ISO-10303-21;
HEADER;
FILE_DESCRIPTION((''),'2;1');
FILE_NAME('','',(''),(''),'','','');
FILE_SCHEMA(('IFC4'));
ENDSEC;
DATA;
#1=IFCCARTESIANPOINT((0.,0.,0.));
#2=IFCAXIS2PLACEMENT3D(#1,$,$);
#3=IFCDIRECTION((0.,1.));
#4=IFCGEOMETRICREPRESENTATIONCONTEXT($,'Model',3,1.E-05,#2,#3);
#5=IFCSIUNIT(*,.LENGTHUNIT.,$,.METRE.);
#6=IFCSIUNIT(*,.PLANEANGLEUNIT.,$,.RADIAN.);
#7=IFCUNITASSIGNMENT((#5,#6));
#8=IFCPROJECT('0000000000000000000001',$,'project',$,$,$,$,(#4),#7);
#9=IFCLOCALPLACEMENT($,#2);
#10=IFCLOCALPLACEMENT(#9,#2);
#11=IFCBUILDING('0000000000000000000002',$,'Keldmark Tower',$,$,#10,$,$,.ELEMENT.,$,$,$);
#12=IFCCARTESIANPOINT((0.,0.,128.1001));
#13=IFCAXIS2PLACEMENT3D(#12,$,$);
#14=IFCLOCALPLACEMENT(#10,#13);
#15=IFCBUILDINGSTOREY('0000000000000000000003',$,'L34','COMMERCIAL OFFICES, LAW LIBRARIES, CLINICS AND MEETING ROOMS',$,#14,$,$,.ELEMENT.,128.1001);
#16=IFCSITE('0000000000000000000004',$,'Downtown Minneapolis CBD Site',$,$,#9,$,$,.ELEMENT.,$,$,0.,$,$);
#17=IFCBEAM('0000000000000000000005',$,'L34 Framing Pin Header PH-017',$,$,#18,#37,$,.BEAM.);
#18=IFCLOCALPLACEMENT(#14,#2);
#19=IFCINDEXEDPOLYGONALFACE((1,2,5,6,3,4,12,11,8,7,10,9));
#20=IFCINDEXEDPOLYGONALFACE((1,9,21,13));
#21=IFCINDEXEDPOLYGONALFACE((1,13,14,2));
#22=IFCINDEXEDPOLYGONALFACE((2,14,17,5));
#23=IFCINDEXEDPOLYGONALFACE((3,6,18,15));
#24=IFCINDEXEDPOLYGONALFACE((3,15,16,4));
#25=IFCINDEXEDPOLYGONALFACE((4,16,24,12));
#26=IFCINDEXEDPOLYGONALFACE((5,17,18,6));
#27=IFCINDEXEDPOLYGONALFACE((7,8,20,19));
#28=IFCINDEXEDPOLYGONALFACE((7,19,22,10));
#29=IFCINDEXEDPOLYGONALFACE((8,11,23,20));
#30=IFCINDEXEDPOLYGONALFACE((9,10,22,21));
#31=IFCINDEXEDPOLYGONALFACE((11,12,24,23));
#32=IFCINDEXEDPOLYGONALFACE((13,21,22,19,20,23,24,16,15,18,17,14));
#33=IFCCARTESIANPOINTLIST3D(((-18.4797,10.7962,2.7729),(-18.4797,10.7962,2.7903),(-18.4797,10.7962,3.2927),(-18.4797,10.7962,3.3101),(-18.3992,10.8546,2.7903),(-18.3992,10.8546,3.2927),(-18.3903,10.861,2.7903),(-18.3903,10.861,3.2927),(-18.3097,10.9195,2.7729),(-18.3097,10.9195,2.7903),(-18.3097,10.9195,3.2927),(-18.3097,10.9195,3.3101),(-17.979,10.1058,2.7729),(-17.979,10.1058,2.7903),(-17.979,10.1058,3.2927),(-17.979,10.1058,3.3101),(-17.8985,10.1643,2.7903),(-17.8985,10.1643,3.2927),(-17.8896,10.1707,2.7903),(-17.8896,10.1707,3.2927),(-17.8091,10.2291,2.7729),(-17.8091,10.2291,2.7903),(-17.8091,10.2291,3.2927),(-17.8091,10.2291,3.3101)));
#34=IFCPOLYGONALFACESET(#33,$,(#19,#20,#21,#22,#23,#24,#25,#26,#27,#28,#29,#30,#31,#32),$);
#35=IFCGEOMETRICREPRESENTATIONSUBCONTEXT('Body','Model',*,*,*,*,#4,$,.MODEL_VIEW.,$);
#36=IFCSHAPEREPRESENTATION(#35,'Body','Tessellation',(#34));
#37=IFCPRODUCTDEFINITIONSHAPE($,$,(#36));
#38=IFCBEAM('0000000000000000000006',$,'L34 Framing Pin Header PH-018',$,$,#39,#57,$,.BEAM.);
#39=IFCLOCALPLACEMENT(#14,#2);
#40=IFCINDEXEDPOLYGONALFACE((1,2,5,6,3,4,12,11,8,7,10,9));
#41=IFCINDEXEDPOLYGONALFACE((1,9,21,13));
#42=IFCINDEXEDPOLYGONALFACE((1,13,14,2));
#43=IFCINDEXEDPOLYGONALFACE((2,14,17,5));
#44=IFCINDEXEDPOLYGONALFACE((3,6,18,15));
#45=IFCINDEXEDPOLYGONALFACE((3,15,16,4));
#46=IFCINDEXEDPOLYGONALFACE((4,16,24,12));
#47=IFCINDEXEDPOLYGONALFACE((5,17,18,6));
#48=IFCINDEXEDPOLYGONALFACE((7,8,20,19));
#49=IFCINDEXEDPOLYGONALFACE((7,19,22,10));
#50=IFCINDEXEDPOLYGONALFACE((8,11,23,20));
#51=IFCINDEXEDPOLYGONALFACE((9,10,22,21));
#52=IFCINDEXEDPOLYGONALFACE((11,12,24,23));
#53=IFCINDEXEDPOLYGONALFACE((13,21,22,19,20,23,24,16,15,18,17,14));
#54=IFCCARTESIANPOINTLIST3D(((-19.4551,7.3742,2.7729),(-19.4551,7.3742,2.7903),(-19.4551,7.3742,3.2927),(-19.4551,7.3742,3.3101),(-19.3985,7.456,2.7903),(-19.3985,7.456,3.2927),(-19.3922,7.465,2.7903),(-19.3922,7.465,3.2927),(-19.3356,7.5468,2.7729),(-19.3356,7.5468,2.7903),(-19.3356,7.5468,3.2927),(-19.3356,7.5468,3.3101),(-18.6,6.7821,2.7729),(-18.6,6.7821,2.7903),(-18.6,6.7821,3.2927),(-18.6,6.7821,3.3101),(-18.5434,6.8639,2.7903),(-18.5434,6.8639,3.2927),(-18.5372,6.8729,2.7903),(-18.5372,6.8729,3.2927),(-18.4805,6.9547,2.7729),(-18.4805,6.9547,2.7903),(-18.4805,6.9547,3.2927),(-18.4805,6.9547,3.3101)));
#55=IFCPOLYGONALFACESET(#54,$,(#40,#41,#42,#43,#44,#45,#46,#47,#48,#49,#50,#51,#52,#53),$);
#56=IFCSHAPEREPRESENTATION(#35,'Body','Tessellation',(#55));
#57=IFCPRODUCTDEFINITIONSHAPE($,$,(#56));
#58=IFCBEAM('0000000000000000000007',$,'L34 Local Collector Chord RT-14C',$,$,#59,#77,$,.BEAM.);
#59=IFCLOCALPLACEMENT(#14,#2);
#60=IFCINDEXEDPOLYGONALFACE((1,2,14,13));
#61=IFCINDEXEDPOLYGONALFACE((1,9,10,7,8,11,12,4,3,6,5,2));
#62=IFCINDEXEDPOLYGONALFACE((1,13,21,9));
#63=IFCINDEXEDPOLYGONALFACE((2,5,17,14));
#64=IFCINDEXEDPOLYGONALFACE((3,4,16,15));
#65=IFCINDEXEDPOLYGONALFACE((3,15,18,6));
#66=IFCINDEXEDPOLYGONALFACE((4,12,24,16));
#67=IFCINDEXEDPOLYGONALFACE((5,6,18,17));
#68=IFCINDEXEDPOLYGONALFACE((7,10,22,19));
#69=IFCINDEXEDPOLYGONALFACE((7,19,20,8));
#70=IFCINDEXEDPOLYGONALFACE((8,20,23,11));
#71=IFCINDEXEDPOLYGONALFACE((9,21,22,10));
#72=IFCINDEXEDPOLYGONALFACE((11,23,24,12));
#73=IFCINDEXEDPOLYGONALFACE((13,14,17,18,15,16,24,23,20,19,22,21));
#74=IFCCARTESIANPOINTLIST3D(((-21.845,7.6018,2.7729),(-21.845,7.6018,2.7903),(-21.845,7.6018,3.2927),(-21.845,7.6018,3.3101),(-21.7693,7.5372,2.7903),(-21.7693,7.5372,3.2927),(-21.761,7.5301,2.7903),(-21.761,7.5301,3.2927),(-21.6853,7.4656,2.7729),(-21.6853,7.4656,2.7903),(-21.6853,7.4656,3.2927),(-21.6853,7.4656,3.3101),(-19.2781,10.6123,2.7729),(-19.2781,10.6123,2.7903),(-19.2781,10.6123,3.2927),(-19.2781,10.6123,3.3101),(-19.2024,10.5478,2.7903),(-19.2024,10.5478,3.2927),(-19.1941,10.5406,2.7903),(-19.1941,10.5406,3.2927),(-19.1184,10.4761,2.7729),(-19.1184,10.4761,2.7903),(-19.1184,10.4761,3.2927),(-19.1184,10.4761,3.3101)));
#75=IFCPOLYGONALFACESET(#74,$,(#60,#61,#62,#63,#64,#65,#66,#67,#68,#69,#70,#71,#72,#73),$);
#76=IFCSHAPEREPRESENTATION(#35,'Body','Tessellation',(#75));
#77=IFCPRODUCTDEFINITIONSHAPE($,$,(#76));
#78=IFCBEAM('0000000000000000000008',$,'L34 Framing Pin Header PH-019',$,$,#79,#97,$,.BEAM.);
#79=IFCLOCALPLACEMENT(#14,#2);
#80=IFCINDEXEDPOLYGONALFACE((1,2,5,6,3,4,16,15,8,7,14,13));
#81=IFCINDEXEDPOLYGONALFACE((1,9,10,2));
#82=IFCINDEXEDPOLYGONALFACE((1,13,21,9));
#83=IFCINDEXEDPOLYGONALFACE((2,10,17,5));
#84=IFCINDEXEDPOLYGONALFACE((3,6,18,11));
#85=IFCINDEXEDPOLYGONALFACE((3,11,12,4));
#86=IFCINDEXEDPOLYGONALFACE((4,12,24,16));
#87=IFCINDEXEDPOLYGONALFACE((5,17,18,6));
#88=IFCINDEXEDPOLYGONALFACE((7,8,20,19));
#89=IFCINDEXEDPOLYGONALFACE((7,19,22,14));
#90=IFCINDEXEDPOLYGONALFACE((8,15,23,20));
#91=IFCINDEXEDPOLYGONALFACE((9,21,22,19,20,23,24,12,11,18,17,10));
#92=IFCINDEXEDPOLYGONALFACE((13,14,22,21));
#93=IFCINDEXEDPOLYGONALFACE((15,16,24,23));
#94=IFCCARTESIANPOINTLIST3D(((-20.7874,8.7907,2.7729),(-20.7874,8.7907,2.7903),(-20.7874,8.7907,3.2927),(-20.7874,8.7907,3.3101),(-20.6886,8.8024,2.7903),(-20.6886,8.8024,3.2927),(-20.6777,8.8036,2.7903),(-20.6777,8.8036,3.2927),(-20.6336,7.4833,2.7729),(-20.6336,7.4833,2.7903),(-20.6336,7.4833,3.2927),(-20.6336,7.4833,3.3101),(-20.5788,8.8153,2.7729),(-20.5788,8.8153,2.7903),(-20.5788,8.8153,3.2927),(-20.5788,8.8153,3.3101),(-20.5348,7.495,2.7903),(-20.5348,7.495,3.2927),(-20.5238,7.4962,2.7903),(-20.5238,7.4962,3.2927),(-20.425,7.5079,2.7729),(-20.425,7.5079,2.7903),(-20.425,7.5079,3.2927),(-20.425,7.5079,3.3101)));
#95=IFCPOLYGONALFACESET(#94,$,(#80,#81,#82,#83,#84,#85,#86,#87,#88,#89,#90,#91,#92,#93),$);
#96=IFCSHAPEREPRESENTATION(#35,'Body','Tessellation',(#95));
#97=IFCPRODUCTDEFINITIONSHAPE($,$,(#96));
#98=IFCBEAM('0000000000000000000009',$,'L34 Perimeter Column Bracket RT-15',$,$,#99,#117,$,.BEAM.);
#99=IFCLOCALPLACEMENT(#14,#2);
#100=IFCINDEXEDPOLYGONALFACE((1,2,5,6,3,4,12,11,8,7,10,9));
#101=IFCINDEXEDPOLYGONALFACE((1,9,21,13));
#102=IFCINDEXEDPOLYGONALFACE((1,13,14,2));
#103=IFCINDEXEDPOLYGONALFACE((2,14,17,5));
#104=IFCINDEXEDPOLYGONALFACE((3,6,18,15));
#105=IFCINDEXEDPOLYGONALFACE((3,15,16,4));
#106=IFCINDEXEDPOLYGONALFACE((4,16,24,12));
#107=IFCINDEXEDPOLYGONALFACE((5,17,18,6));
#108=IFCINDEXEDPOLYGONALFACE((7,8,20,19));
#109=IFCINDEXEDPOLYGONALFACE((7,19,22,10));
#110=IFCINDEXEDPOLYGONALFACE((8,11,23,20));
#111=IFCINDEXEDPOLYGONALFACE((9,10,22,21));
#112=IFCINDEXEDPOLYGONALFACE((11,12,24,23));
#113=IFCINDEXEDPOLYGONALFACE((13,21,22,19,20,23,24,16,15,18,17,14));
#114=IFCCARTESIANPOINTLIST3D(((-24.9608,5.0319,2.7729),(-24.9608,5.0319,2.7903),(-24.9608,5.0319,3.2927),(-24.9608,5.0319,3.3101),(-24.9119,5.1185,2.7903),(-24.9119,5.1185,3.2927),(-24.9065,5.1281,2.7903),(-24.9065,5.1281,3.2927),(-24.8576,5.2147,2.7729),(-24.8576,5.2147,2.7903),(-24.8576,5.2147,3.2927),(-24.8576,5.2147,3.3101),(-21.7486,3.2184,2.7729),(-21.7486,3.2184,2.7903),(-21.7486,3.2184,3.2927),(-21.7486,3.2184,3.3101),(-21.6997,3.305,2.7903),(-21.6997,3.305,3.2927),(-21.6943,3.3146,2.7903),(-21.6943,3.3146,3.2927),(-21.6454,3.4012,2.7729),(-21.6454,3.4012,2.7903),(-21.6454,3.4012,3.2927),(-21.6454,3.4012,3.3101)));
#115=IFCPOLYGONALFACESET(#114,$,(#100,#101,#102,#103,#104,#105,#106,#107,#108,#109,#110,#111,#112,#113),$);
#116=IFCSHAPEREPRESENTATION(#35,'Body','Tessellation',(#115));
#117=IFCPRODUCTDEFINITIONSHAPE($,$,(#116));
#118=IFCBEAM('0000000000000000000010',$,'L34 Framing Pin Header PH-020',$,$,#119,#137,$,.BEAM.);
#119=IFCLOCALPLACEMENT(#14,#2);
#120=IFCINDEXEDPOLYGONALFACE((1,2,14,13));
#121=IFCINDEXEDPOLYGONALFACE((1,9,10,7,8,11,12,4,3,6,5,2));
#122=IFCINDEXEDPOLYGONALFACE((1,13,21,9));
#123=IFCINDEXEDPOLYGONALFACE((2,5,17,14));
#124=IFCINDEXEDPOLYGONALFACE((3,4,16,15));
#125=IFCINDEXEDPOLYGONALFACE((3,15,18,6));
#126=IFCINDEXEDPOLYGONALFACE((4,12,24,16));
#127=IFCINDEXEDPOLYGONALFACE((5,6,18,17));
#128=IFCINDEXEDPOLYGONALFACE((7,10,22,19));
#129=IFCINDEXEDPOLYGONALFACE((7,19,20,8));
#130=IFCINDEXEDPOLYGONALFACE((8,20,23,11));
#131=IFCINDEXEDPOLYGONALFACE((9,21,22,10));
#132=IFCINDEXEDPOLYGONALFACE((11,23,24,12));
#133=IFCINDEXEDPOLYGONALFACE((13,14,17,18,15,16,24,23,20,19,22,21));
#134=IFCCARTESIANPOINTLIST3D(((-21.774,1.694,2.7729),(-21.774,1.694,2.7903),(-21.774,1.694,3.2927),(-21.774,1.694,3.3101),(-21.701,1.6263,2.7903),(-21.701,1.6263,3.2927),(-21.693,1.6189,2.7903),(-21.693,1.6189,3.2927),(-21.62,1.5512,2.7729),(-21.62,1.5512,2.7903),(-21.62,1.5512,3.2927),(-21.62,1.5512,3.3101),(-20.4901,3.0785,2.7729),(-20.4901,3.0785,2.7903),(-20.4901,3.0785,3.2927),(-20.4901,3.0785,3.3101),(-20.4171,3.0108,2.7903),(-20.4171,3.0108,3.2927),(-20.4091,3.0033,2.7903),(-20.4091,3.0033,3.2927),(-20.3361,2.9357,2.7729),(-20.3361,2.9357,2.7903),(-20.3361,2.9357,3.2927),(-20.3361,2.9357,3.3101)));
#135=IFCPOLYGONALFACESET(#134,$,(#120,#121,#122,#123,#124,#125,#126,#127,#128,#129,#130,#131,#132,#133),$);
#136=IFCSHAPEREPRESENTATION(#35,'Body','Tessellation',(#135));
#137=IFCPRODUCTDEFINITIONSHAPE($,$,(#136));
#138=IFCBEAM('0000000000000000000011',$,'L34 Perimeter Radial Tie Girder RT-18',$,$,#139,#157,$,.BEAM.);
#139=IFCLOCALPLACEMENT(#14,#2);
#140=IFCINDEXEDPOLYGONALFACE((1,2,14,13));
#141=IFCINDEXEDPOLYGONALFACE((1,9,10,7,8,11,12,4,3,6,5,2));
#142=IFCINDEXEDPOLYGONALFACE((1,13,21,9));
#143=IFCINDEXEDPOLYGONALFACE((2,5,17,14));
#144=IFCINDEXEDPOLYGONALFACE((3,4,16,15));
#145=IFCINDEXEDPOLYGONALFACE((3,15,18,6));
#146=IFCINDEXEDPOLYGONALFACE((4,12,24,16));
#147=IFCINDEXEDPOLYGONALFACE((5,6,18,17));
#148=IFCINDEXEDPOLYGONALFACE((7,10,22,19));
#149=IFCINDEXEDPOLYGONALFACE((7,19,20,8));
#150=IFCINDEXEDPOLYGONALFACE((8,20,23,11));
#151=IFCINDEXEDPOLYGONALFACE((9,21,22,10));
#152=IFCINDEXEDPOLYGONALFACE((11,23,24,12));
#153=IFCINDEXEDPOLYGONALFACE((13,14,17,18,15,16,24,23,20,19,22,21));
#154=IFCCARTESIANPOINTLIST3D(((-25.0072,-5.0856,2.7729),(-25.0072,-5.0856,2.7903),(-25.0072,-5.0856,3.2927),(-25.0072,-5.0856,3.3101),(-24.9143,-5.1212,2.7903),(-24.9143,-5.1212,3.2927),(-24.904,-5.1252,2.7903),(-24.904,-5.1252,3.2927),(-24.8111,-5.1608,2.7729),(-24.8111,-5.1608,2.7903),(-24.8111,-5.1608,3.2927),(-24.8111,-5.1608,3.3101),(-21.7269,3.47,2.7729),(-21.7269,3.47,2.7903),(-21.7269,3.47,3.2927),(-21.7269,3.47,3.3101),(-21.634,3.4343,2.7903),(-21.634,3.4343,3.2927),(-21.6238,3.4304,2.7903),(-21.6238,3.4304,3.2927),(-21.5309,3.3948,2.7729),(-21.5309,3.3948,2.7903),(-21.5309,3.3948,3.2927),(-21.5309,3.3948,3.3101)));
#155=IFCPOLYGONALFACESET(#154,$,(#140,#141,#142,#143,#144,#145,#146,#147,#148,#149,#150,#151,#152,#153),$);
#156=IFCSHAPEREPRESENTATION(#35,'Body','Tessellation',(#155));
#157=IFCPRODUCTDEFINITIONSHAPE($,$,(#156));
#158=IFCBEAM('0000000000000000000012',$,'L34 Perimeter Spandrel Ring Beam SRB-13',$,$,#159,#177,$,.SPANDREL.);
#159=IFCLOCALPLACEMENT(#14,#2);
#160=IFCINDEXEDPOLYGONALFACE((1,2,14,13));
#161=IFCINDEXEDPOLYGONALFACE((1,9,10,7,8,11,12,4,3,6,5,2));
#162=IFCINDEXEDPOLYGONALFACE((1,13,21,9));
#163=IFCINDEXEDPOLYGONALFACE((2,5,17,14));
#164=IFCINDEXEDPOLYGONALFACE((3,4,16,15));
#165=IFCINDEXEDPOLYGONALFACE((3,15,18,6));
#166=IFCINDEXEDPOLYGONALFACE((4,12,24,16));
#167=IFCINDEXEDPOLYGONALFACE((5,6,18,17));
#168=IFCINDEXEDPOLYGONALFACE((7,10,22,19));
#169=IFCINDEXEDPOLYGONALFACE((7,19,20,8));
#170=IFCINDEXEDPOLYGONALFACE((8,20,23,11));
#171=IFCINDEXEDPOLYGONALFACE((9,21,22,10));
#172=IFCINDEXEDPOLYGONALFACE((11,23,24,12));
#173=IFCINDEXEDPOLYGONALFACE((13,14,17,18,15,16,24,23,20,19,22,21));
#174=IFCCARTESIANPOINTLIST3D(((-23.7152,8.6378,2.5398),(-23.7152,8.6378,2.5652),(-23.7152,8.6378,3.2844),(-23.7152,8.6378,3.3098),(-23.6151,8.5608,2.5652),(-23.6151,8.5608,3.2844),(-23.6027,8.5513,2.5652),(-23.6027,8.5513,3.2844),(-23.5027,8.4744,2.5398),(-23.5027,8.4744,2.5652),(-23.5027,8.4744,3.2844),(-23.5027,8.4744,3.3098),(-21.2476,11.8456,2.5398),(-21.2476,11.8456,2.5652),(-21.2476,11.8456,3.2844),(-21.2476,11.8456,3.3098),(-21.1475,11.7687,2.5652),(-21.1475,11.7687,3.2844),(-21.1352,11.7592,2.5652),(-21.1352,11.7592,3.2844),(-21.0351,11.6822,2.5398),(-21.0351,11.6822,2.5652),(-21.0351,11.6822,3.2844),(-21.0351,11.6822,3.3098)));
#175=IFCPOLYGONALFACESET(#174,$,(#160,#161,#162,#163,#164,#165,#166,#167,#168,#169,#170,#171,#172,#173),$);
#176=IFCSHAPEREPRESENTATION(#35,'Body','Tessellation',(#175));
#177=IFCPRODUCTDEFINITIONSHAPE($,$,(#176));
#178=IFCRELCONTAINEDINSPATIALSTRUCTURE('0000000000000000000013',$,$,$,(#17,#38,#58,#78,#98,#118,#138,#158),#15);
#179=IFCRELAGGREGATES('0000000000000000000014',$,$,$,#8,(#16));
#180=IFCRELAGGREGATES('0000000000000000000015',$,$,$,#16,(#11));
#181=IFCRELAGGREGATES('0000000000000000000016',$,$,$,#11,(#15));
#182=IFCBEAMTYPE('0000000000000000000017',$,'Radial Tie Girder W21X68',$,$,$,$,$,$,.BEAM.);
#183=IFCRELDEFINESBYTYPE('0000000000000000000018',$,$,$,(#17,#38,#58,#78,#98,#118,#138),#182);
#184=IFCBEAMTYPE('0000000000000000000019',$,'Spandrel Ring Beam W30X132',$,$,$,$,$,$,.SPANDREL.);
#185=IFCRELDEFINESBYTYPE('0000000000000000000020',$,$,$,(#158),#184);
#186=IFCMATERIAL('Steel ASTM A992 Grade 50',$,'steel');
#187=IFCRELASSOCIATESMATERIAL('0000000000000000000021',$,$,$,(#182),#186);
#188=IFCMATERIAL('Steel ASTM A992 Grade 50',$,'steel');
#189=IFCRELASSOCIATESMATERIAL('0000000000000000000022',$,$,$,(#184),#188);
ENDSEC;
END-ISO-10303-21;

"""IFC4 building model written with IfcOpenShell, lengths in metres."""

from ifc_helpers import new_model, si_unit, direction, frame, origin, origin_2d, place, context, subcontext, project, spatial, i_section, extrude, material, material_profile, profile_set, type_object, element, save


model = new_model("IFC4")

# Units and contexts
model_context = context("Model", 3, precision=1e-05, world=origin(), true_north=direction((0.0, 1.0)))
body_context = subcontext(model_context, "Body", "Model", "MODEL_VIEW")
ifc_project = project(units=[si_unit("LENGTHUNIT", "METRE"), si_unit("PLANEANGLEUNIT", "RADIAN")], contexts=[model_context])

# Site, building, storey
site_placement = place(None, origin())
site = spatial("IfcSite", under=ifc_project, at=site_placement, Name="Downtown Minneapolis CBD Site", CompositionType="ELEMENT", RefElevation=0.0)
building_placement = place(site_placement, origin())
building = spatial("IfcBuilding", under=site, at=building_placement, Name="Keldmark Tower", CompositionType="ELEMENT")
storey_placement = place(building_placement, frame((0.0, 0.0, 128.1001)))
storey = spatial("IfcBuildingStorey", under=building, at=storey_placement, Name="L34", Description="COMMERCIAL OFFICES, LAW LIBRARIES, CLINICS AND MEETING ROOMS", CompositionType="ELEMENT", Elevation=128.1001)

# Beams
ifc_material_1 = material(Name="Steel ASTM A992 Grade 50", Category="steel")
ifc_material_profile_1 = material_profile(ifc_material_1, i_section(OverallWidth=0.21, OverallDepth=0.5371, WebThickness=0.011, FlangeThickness=0.0173, at=origin_2d()), Name="W21X68")
ifc_profile_set_1 = profile_set([ifc_material_profile_1], Name="Steel ASTM A992 Grade 50")
beam_type_1 = type_object("IfcBeamType", Name="Radial Tie Girder W21X68", PredefinedType="BEAM", material=ifc_profile_set_1)
beam_1_placement = place(storey_placement, frame((-17.894, 10.1675, 3.0415), z_axis=(-0.587099, 0.809515, 0.0), x_axis=(-0.809515, -0.587099, 0.0)))
element("IfcBeam", 1, at=beam_1_placement, inside=storey, type_object=beam_type_1, Name="L34 Framing Pin Header PH-017", PredefinedType="BEAM", context=body_context, shape_type="SweptSolid", body=[
    extrude(i_section(OverallWidth=0.21, OverallDepth=0.5371, WebThickness=0.011, FlangeThickness=0.0173, at=origin_2d()), origin(), (0.0, 0.0, 1.0), 0.8528),
])
beam_2_placement = place(storey_placement, frame((-18.5403, 6.8684, 3.0415), z_axis=(-0.822133, 0.569295, 0.0), x_axis=(-0.569295, -0.822133, 0.0)))
element("IfcBeam", 2, at=beam_2_placement, inside=storey, type_object=beam_type_1, Name="L34 Framing Pin Header PH-018", PredefinedType="BEAM", context=body_context, shape_type="SweptSolid", body=[
    extrude(i_section(OverallWidth=0.21, OverallDepth=0.5371, WebThickness=0.011, FlangeThickness=0.0173, at=origin_2d()), origin(), (0.0, 0.0, 1.0), 1.04),
])
beam_3_placement = place(storey_placement, frame((-19.1982, 10.5442, 3.0415), z_axis=(-0.648817, -0.760944, 0.0), x_axis=(0.760944, -0.648817, 0.0)))
element("IfcBeam", 3, at=beam_3_placement, inside=storey, type_object=beam_type_1, Name="L34 Local Collector Chord RT-14C", PredefinedType="BEAM", context=body_context, shape_type="SweptSolid", body=[
    extrude(i_section(OverallWidth=0.21, OverallDepth=0.5371, WebThickness=0.011, FlangeThickness=0.0173, at=origin_2d()), origin(), (0.0, 0.0, 1.0), 3.9563),
])
beam_4_placement = place(storey_placement, frame((-20.5293, 7.4956, 3.0415), z_axis=(-0.116841, 0.993151, 0.0), x_axis=(-0.993151, -0.116841, 0.0)))
element("IfcBeam", 4, at=beam_4_placement, inside=storey, type_object=beam_type_1, Name="L34 Framing Pin Header PH-019", PredefinedType="BEAM", context=body_context, shape_type="SweptSolid", body=[
    extrude(i_section(OverallWidth=0.21, OverallDepth=0.5371, WebThickness=0.011, FlangeThickness=0.0173, at=origin_2d()), origin(), (0.0, 0.0, 1.0), 1.3164),
])
beam_5_placement = place(storey_placement, frame((-21.697, 3.3098, 3.0415), z_axis=(-0.870806, 0.491628, 0.0), x_axis=(-0.491628, -0.870806, 0.0)))
element("IfcBeam", 5, at=beam_5_placement, inside=storey, type_object=beam_type_1, Name="L34 Perimeter Column Bracket RT-15", PredefinedType="BEAM", context=body_context, shape_type="SweptSolid", body=[
    extrude(i_section(OverallWidth=0.21, OverallDepth=0.5371, WebThickness=0.011, FlangeThickness=0.0173, at=origin_2d()), origin(), (0.0, 0.0, 1.0), 3.6887),
])
beam_6_placement = place(storey_placement, frame((-20.4131, 3.0071, 3.0415), z_axis=(-0.67997, -0.73324, 0.0), x_axis=(0.73324, -0.67997, 0.0)))
element("IfcBeam", 6, at=beam_6_placement, inside=storey, type_object=beam_type_1, Name="L34 Framing Pin Header PH-020", PredefinedType="BEAM", context=body_context, shape_type="SweptSolid", body=[
    extrude(i_section(OverallWidth=0.21, OverallDepth=0.5371, WebThickness=0.011, FlangeThickness=0.0173, at=origin_2d()), origin(), (0.0, 0.0, 1.0), 1.8882),
])
beam_7_placement = place(storey_placement, frame((-21.6289, 3.4324, 3.0415), z_axis=(-0.357993, -0.933724, 0.0), x_axis=(0.933724, -0.357993, 0.0)))
element("IfcBeam", 7, at=beam_7_placement, inside=storey, type_object=beam_type_1, Name="L34 Perimeter Radial Tie Girder RT-18", PredefinedType="BEAM", context=body_context, shape_type="SweptSolid", body=[
    extrude(i_section(OverallWidth=0.21, OverallDepth=0.5371, WebThickness=0.011, FlangeThickness=0.0173, at=origin_2d()), origin(), (0.0, 0.0, 1.0), 9.1628),
])
ifc_material_2 = material(Name="Steel ASTM A992 Grade 50", Category="steel")
ifc_material_profile_2 = material_profile(ifc_material_2, i_section(OverallWidth=0.2681, OverallDepth=0.77, WebThickness=0.0156, FlangeThickness=0.0254, at=origin_2d()), Name="W30X132")
ifc_profile_set_2 = profile_set([ifc_material_profile_2], Name="Steel ASTM A992 Grade 50")
beam_type_2 = type_object("IfcBeamType", Name="Spandrel Ring Beam W30X132", PredefinedType="SPANDREL", material=ifc_profile_set_2)
beam_8_placement = place(storey_placement, frame((-21.1414, 11.7639, 2.9248), z_axis=(-0.609714, -0.792622, 0.0), x_axis=(0.792622, -0.609714, 0.0)))
element("IfcBeam", 8, at=beam_8_placement, inside=storey, type_object=beam_type_2, Name="L34 Perimeter Spandrel Ring Beam SRB-13", PredefinedType="SPANDREL", context=body_context, shape_type="SweptSolid", body=[
    extrude(i_section(OverallWidth=0.2681, OverallDepth=0.77, WebThickness=0.0156, FlangeThickness=0.0254, at=origin_2d()), origin(), (0.0, 0.0, 1.0), 4.0471),
])

save(model, "model.ifc")
